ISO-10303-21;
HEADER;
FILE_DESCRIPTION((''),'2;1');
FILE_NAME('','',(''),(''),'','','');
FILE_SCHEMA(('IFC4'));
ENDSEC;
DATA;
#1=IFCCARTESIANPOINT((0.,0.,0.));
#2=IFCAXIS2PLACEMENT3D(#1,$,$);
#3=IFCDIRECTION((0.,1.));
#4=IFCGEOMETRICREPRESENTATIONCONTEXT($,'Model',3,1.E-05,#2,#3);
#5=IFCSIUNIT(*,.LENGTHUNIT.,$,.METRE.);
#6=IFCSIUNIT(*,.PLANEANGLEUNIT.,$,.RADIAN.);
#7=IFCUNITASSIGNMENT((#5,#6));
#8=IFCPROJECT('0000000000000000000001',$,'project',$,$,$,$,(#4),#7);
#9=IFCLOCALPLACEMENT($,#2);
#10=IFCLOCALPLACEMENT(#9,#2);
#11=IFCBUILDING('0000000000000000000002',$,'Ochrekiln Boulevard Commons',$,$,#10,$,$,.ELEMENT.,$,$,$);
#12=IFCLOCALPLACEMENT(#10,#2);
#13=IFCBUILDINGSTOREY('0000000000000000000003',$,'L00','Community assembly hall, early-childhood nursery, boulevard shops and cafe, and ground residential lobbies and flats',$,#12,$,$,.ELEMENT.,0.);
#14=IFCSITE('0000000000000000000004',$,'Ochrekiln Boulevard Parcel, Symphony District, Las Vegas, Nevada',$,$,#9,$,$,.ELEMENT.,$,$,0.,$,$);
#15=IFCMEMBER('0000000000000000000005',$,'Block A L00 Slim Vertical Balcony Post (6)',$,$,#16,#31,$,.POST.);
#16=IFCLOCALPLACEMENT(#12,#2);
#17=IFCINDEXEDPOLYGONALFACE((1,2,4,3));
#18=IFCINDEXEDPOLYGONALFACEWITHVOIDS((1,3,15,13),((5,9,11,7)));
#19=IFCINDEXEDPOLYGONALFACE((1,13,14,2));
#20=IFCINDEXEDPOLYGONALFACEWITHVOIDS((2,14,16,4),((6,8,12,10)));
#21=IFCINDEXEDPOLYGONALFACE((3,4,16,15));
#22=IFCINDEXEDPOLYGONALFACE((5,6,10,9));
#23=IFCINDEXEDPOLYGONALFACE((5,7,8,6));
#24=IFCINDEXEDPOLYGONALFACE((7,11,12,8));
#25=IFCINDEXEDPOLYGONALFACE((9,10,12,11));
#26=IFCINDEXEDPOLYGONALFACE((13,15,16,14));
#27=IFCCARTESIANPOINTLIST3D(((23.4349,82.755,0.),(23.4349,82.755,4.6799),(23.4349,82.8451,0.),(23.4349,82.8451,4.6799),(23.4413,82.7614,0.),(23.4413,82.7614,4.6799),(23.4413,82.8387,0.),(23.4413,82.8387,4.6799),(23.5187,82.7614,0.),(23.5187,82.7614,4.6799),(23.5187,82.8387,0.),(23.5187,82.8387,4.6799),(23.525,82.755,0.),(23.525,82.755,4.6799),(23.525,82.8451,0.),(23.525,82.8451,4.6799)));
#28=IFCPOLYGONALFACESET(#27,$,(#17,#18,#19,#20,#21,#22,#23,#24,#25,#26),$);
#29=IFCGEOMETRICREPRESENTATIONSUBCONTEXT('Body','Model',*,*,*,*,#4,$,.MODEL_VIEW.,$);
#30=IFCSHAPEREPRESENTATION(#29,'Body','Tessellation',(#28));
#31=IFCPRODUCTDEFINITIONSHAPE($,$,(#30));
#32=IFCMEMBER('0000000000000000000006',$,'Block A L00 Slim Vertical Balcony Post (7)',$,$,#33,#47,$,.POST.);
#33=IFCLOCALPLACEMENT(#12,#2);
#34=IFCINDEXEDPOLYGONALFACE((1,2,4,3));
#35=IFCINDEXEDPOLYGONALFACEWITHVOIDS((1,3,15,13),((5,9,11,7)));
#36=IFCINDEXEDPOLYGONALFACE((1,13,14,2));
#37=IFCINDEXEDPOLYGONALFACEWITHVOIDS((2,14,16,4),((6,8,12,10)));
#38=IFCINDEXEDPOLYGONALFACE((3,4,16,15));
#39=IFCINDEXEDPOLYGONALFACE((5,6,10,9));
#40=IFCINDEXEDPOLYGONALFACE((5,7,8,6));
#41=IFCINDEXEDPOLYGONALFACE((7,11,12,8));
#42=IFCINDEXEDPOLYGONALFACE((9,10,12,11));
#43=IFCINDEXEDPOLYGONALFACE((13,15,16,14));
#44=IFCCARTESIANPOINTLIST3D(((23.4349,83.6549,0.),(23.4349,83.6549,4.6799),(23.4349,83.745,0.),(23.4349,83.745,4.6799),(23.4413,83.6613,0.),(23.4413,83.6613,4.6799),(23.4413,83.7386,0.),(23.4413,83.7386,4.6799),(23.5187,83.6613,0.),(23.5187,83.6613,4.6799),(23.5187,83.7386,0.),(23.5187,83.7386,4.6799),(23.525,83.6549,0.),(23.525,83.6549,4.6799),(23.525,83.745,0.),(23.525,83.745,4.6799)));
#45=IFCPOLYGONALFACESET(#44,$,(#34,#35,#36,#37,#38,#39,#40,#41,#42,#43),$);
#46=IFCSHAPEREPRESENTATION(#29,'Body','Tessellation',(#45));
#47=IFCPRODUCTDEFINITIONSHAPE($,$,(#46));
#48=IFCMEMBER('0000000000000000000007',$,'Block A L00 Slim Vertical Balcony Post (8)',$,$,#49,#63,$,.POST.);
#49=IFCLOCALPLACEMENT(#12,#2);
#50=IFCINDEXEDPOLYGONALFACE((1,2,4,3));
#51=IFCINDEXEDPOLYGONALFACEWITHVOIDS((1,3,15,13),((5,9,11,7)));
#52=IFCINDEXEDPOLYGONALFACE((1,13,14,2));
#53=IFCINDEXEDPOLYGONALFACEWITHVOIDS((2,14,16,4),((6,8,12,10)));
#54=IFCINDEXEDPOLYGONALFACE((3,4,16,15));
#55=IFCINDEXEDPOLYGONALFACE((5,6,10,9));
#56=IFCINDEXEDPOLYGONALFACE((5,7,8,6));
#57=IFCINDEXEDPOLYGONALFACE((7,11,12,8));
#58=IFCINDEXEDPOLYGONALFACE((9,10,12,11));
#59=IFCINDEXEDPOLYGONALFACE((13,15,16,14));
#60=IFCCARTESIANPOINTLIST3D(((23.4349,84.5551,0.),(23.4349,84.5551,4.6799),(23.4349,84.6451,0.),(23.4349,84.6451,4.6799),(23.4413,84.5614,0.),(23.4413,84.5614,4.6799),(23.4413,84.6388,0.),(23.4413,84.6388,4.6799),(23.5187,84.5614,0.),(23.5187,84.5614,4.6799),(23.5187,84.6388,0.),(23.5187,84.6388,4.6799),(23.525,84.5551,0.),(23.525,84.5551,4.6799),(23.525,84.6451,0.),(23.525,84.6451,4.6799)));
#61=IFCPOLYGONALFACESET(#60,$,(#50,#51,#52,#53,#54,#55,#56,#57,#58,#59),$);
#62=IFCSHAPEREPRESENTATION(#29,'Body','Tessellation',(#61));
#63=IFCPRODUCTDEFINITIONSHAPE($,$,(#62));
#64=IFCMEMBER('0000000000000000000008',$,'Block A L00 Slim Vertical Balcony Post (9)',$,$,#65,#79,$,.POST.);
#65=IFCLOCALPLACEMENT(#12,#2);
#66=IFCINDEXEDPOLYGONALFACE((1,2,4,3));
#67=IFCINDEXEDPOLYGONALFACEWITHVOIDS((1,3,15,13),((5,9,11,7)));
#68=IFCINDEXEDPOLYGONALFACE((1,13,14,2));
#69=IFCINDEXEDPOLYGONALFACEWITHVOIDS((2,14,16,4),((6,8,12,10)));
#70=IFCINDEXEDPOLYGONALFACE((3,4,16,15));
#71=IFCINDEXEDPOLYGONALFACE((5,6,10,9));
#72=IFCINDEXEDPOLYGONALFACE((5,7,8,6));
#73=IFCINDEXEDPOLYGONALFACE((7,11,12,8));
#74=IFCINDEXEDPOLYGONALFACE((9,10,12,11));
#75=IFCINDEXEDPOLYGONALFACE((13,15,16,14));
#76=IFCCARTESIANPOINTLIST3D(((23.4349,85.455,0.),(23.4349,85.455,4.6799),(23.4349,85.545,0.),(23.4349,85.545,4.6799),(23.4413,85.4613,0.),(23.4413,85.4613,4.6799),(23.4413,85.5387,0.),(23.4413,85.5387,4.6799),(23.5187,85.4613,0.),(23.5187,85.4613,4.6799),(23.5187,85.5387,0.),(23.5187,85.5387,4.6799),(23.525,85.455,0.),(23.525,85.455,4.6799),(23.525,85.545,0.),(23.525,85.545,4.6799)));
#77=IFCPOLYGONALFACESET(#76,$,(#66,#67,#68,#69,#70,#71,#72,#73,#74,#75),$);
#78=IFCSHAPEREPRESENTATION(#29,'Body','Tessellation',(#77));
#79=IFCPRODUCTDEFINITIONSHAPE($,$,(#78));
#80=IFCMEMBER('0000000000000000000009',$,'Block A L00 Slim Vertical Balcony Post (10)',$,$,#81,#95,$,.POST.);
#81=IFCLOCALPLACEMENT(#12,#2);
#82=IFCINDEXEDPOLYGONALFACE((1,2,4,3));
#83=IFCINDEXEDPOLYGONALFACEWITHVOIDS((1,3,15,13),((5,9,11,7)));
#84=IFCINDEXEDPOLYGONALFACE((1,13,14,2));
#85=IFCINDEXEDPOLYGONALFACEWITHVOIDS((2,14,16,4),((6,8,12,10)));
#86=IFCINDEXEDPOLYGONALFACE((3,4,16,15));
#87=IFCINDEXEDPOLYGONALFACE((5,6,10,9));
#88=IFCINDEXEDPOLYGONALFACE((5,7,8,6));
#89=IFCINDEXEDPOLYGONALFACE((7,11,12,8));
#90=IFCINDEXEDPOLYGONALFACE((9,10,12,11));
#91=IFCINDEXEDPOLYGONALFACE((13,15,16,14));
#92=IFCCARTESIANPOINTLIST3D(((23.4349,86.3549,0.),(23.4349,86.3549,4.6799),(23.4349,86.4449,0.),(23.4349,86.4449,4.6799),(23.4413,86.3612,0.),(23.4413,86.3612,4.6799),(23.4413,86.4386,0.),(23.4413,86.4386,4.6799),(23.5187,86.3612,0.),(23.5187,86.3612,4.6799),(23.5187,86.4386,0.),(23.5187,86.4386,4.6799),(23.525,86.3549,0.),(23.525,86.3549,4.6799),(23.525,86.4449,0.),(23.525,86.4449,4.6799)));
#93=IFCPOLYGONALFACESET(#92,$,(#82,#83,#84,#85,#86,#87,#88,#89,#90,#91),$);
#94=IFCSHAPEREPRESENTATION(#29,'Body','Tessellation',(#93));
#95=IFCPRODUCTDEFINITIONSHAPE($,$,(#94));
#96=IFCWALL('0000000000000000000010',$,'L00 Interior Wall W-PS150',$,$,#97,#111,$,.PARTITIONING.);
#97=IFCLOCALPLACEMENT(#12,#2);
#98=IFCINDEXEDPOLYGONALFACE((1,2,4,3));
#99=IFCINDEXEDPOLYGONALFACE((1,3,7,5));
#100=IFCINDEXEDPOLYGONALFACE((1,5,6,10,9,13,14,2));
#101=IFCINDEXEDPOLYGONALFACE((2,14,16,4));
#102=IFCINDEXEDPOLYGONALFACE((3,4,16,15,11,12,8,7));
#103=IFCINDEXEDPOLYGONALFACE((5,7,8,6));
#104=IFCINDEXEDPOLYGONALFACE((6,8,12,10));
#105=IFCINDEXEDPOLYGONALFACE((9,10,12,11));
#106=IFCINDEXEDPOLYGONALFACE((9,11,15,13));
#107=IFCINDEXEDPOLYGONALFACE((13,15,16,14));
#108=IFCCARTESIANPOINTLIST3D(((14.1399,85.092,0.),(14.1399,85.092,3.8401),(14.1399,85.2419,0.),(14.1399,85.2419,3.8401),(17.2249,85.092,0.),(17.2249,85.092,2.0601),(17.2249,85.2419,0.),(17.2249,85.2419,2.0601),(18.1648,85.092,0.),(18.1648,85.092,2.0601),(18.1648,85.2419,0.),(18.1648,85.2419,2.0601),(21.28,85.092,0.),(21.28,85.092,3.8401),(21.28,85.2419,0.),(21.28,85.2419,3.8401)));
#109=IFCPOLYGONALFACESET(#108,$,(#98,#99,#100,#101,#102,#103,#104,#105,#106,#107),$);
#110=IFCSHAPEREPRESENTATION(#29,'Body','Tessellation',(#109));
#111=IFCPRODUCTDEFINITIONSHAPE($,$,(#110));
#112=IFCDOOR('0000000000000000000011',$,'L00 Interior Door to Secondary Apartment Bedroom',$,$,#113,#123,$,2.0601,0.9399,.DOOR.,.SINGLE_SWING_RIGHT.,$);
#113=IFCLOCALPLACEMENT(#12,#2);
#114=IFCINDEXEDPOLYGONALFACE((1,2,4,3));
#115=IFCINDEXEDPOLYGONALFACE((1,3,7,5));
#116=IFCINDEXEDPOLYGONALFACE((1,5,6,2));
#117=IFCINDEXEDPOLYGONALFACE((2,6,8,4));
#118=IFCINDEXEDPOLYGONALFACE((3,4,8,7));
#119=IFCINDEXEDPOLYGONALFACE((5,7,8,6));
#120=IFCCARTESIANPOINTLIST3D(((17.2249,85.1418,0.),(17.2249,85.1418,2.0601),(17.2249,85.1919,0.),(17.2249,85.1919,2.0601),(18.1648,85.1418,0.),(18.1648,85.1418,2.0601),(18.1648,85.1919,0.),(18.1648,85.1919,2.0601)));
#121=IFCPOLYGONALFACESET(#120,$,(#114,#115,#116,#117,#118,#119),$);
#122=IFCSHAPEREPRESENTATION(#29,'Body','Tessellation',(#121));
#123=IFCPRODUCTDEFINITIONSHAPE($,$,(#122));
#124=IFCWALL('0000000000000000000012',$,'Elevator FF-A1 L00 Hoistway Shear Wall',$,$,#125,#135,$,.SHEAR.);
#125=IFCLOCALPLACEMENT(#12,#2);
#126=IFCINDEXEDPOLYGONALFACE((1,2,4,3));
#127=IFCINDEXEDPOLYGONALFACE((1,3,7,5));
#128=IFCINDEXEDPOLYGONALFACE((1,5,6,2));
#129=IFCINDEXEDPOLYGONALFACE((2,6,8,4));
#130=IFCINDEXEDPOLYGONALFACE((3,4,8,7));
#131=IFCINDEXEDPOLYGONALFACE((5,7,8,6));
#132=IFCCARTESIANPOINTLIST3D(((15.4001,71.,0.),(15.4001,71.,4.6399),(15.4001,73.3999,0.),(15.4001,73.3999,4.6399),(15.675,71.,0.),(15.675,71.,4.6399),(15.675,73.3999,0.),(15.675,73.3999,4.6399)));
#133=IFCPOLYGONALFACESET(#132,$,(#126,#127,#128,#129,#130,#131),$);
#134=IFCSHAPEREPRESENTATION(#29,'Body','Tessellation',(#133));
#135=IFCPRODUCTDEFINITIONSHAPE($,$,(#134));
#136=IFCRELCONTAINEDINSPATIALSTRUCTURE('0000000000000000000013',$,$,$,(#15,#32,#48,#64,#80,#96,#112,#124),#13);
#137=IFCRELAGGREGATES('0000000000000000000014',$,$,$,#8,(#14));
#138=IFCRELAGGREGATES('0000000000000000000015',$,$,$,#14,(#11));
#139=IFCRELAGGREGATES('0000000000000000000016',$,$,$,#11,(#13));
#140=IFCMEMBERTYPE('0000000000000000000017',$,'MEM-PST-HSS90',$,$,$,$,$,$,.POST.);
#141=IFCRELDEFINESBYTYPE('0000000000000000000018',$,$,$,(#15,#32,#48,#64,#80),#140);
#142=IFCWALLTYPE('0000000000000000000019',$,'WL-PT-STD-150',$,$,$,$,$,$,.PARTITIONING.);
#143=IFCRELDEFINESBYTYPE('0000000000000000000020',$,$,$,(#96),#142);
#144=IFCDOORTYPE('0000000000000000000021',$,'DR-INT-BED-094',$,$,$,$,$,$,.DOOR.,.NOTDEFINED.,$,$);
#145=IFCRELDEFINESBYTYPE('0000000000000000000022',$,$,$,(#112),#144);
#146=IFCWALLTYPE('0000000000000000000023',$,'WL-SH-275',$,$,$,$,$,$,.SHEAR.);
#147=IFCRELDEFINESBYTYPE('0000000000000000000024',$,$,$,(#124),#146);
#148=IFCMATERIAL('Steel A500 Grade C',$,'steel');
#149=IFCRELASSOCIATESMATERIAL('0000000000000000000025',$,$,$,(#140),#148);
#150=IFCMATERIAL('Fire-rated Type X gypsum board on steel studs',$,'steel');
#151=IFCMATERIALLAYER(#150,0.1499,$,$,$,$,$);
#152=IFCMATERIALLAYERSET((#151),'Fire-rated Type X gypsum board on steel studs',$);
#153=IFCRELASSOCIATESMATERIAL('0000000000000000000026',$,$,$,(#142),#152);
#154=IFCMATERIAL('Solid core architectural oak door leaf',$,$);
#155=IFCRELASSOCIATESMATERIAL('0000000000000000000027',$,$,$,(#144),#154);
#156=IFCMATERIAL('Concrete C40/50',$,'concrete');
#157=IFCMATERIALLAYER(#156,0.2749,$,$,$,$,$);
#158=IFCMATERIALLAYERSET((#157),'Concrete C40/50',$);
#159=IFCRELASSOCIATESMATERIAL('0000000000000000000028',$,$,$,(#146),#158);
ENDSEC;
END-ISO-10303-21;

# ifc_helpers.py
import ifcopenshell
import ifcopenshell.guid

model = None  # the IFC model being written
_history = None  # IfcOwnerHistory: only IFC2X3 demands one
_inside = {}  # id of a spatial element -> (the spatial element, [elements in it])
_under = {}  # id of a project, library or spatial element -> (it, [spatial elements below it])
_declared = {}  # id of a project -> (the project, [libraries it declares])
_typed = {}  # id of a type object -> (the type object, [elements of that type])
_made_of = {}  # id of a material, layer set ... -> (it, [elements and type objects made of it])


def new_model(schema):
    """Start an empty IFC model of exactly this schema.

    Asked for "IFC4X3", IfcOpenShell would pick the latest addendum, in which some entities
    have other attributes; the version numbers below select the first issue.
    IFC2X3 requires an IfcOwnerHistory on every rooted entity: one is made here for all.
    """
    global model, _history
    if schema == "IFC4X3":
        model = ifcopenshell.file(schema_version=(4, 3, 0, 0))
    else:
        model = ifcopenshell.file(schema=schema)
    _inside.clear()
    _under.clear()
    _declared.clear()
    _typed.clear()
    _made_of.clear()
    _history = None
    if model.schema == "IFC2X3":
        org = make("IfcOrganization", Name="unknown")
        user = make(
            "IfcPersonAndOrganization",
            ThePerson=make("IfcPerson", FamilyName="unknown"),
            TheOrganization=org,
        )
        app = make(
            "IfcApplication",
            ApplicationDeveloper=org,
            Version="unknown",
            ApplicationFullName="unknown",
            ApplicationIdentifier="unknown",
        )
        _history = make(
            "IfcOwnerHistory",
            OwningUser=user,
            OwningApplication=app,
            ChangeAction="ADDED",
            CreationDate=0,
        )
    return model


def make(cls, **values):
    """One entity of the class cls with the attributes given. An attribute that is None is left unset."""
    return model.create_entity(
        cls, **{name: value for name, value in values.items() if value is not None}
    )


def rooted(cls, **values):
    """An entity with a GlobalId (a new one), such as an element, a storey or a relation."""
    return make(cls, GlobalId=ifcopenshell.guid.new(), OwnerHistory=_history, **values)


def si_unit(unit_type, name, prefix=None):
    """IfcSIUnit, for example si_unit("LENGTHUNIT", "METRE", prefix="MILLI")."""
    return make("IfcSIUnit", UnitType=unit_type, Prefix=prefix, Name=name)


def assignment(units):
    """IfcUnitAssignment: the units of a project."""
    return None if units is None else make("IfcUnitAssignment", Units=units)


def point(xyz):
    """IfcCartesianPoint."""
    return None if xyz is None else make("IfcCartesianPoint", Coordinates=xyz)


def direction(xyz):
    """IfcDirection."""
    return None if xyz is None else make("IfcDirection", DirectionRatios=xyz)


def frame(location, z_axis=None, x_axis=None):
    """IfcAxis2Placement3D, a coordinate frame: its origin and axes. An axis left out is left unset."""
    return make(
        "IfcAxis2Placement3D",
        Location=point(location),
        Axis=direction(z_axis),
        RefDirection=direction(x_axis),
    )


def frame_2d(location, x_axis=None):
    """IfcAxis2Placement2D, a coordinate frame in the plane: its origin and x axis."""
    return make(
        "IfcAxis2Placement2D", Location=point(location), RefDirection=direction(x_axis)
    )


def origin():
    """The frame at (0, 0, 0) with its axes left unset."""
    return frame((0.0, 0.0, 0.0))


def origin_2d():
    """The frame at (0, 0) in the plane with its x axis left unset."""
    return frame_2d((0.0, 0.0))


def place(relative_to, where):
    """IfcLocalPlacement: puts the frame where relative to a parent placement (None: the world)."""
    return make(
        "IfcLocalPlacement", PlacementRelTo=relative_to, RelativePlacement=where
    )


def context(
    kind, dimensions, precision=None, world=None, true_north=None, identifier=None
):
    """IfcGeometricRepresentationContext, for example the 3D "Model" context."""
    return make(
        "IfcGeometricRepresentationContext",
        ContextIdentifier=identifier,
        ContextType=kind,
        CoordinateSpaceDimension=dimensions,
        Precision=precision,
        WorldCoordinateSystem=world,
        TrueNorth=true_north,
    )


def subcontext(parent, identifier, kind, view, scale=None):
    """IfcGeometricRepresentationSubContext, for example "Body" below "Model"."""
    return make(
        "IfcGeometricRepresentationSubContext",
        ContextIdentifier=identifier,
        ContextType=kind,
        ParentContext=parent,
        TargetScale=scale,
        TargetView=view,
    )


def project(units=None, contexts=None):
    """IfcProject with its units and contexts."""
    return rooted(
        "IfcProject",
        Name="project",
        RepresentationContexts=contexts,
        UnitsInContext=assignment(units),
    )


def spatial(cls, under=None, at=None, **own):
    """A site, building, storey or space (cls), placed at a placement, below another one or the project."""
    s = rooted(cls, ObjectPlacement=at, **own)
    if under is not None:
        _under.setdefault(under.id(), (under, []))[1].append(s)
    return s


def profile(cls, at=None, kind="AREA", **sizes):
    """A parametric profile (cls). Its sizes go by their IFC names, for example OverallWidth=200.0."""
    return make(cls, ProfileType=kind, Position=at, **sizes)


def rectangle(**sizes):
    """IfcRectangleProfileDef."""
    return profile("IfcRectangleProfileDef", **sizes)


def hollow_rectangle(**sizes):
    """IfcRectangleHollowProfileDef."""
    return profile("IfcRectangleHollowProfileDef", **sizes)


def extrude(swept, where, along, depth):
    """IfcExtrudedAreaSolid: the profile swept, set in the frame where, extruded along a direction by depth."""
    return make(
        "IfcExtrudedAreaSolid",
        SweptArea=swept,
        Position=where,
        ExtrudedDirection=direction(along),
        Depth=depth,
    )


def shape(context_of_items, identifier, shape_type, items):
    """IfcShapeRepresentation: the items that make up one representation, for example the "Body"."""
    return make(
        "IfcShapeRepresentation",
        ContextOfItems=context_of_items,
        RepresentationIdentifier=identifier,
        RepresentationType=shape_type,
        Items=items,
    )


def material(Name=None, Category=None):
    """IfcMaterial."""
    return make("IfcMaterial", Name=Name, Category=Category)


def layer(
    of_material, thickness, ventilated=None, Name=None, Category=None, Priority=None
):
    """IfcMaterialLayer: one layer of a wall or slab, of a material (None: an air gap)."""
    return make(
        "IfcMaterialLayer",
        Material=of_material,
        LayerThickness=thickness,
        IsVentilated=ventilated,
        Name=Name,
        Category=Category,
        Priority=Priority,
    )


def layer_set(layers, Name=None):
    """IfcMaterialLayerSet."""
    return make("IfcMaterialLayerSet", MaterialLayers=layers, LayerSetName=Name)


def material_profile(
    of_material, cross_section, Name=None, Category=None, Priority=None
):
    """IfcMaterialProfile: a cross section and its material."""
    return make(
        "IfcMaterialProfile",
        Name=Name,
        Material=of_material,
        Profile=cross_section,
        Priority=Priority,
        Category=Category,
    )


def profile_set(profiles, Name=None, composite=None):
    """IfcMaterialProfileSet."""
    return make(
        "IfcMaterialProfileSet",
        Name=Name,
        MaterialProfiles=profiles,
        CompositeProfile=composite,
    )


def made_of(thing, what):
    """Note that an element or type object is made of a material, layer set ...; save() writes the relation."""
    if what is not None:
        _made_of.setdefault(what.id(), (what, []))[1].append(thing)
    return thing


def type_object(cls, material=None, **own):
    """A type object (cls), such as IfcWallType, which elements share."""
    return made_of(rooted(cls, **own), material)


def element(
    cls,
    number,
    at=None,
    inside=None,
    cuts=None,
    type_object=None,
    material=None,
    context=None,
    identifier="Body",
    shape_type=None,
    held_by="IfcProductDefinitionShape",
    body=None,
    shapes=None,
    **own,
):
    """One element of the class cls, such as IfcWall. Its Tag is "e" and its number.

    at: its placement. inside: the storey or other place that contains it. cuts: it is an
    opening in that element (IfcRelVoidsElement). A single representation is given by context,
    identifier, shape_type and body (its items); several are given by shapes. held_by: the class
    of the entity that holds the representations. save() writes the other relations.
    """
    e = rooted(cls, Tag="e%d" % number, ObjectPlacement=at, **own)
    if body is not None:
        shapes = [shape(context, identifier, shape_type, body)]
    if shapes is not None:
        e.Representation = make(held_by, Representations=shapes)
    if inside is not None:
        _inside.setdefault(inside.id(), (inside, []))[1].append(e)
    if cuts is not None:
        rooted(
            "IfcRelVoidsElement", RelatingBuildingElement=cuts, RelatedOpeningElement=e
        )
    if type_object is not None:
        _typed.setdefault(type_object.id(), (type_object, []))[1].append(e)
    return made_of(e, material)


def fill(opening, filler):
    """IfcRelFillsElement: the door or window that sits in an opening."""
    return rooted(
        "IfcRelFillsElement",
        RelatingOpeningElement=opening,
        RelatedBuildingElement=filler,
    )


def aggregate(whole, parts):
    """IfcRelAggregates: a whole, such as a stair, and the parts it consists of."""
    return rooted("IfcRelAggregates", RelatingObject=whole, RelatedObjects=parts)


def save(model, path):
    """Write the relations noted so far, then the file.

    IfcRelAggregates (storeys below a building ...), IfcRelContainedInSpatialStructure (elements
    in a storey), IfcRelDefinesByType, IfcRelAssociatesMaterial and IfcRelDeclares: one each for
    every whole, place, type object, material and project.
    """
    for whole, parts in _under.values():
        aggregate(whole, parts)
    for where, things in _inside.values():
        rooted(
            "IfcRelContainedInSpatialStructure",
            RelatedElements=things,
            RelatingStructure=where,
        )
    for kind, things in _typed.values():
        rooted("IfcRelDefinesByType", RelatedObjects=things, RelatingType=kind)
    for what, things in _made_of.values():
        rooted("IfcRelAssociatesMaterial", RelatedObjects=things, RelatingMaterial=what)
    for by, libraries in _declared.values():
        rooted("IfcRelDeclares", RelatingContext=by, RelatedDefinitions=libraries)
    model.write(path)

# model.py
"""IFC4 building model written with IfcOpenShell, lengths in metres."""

from ifc_helpers import new_model, si_unit, direction, frame, frame_2d, origin, origin_2d, place, context, subcontext, project, spatial, rectangle, hollow_rectangle, extrude, material, layer, layer_set, material_profile, profile_set, type_object, element, fill, save


model = new_model("IFC4")

# Units and contexts
model_context = context("Model", 3, precision=1e-05, world=origin(), true_north=direction((0.0, 1.0)))
body_context = subcontext(model_context, "Body", "Model", "MODEL_VIEW")
ifc_project = project(units=[si_unit("LENGTHUNIT", "METRE"), si_unit("PLANEANGLEUNIT", "RADIAN")], contexts=[model_context])

# Site, building, storey
site_placement = place(None, origin())
site = spatial("IfcSite", under=ifc_project, at=site_placement, Name="Ochrekiln Boulevard Parcel, Symphony District, Las Vegas, Nevada", CompositionType="ELEMENT", RefElevation=0.0)
building_placement = place(site_placement, origin())
building = spatial("IfcBuilding", under=site, at=building_placement, Name="Ochrekiln Boulevard Commons", CompositionType="ELEMENT")
storey_placement = place(building_placement, origin())
storey = spatial("IfcBuildingStorey", under=building, at=storey_placement, Name="L00", Description="Community assembly hall, early-childhood nursery, boulevard shops and cafe, and ground residential lobbies and flats", CompositionType="ELEMENT", Elevation=0.0)

# Shared definitions
ifc_material_1 = material(Name="Concrete C40/50", Category="concrete")

# Members
ifc_material_2 = material(Name="Steel A500 Grade C", Category="steel")
ifc_material_profile_1 = material_profile(ifc_material_2, hollow_rectangle(XDim=0.0901, YDim=0.0901, WallThickness=0.0063, at=origin_2d()), Name="HSS90X90X6.4")
ifc_profile_set_1 = profile_set([ifc_material_profile_1], Name="Steel A500 Grade C")
member_type = type_object("IfcMemberType", Name="MEM-PST-HSS90", PredefinedType="POST", material=ifc_profile_set_1)
for number, where, z_axis, x_axis, name in (
    (1, (23.48, 82.8, 0.0), (0.0, 0.0, 1.0), (1.0, 0.0, 0.0), "Block A L00 Slim Vertical Balcony Post (6)"),
    (2, (23.48, 83.7, 0.0), (0.0, 0.0, 1.0), (1.0, 0.0, 0.0), "Block A L00 Slim Vertical Balcony Post (7)"),
    (3, (23.48, 84.6001, 0.0), (0.0, 0.0, 1.0), (1.0, 0.0, 0.0), "Block A L00 Slim Vertical Balcony Post (8)"),
    (4, (23.48, 85.5, 0.0), (0.0, 0.0, 1.0), (1.0, 0.0, 0.0), "Block A L00 Slim Vertical Balcony Post (9)"),
    (5, (23.48, 86.3999, 0.0), (0.0, 0.0, 1.0), (1.0, 0.0, 0.0), "Block A L00 Slim Vertical Balcony Post (10)"),
):
    element("IfcMember", number, at=place(storey_placement, frame(where, z_axis=z_axis, x_axis=x_axis)), inside=storey, type_object=member_type, Name=name, PredefinedType="POST", context=body_context, shape_type="SweptSolid", body=[
        extrude(hollow_rectangle(XDim=0.0901, YDim=0.0901, WallThickness=0.0063, at=origin_2d()), origin(), (0.0, 0.0, 1.0), 4.6799),
    ])

# Wall, opening, door
ifc_material_3 = material(Name="Fire-rated Type X gypsum board on steel studs", Category="steel")
ifc_layer_1 = layer(ifc_material_3, 0.1499)
ifc_layer_set_1 = layer_set([ifc_layer_1], Name="Fire-rated Type X gypsum board on steel studs")
wall_type_1 = type_object("IfcWallType", Name="WL-PT-STD-150", PredefinedType="PARTITIONING", material=ifc_layer_set_1)
wall_1_placement = place(storey_placement, frame((14.1399, 85.167, 0.0), z_axis=(0.0, 0.0, 1.0), x_axis=(1.0, 0.0, 0.0)))
wall_1 = element("IfcWall", 6, at=wall_1_placement, inside=storey, type_object=wall_type_1, Name="L00 Interior Wall W-PS150", PredefinedType="PARTITIONING", context=body_context, shape_type="SweptSolid", body=[
    extrude(rectangle(XDim=7.1401, YDim=0.1499, at=frame_2d((3.5701, 0.0))), origin(), (0.0, 0.0, 1.0), 3.8401),
])
opening_placement = place(wall_1_placement, frame((3.085, 0.0, 0.0)))
opening = element("IfcOpeningElement", 7, at=opening_placement, cuts=wall_1, PredefinedType="OPENING", context=body_context, shape_type="SweptSolid", body=[
    extrude(rectangle(XDim=0.9399, YDim=2.0601, at=frame_2d((0.47, 1.03))), frame((0.0, 0.085, 0.0), z_axis=(0.0, -1.0, 0.0), x_axis=(1.0, 0.0, 0.0)), (0.0, 0.0, 1.0), 0.1699),
])
ifc_material_4 = material(Name="Solid core architectural oak door leaf")
door_type = type_object("IfcDoorType", Name="DR-INT-BED-094", OperationType="NOTDEFINED", PredefinedType="DOOR", material=ifc_material_4)
door_placement = place(opening_placement, origin())
door = element("IfcDoor", 8, at=door_placement, inside=storey, type_object=door_type, Name="L00 Interior Door to Secondary Apartment Bedroom", OperationType="SINGLE_SWING_RIGHT", OverallHeight=2.0601, OverallWidth=0.9399, PredefinedType="DOOR", context=body_context, shape_type="SweptSolid", body=[
    extrude(rectangle(XDim=0.9399, YDim=2.0601, at=frame_2d((0.47, 1.03))), frame((0.0, 0.0249, 0.0), z_axis=(0.0, -1.0, 0.0), x_axis=(1.0, 0.0, 0.0)), (0.0, 0.0, 1.0), 0.05),
])
fill(opening, door)

# Wall
ifc_layer_2 = layer(ifc_material_1, 0.2749)
ifc_layer_set_2 = layer_set([ifc_layer_2], Name="Concrete C40/50")
wall_type_2 = type_object("IfcWallType", Name="WL-SH-275", PredefinedType="SHEAR", material=ifc_layer_set_2)
wall_2_placement = place(storey_placement, frame((15.5376, 71.0, 0.0), z_axis=(0.0, 0.0, 1.0), x_axis=(0.0, 1.0, 0.0)))
element("IfcWall", 9, at=wall_2_placement, inside=storey, type_object=wall_type_2, Name="Elevator FF-A1 L00 Hoistway Shear Wall", PredefinedType="SHEAR", context=body_context, shape_type="SweptSolid", body=[
    extrude(rectangle(XDim=2.3999, YDim=0.2749, at=frame_2d((1.2, 0.0))), origin(), (0.0, 0.0, 1.0), 4.6399),
])

save(model, "model.ifc")
